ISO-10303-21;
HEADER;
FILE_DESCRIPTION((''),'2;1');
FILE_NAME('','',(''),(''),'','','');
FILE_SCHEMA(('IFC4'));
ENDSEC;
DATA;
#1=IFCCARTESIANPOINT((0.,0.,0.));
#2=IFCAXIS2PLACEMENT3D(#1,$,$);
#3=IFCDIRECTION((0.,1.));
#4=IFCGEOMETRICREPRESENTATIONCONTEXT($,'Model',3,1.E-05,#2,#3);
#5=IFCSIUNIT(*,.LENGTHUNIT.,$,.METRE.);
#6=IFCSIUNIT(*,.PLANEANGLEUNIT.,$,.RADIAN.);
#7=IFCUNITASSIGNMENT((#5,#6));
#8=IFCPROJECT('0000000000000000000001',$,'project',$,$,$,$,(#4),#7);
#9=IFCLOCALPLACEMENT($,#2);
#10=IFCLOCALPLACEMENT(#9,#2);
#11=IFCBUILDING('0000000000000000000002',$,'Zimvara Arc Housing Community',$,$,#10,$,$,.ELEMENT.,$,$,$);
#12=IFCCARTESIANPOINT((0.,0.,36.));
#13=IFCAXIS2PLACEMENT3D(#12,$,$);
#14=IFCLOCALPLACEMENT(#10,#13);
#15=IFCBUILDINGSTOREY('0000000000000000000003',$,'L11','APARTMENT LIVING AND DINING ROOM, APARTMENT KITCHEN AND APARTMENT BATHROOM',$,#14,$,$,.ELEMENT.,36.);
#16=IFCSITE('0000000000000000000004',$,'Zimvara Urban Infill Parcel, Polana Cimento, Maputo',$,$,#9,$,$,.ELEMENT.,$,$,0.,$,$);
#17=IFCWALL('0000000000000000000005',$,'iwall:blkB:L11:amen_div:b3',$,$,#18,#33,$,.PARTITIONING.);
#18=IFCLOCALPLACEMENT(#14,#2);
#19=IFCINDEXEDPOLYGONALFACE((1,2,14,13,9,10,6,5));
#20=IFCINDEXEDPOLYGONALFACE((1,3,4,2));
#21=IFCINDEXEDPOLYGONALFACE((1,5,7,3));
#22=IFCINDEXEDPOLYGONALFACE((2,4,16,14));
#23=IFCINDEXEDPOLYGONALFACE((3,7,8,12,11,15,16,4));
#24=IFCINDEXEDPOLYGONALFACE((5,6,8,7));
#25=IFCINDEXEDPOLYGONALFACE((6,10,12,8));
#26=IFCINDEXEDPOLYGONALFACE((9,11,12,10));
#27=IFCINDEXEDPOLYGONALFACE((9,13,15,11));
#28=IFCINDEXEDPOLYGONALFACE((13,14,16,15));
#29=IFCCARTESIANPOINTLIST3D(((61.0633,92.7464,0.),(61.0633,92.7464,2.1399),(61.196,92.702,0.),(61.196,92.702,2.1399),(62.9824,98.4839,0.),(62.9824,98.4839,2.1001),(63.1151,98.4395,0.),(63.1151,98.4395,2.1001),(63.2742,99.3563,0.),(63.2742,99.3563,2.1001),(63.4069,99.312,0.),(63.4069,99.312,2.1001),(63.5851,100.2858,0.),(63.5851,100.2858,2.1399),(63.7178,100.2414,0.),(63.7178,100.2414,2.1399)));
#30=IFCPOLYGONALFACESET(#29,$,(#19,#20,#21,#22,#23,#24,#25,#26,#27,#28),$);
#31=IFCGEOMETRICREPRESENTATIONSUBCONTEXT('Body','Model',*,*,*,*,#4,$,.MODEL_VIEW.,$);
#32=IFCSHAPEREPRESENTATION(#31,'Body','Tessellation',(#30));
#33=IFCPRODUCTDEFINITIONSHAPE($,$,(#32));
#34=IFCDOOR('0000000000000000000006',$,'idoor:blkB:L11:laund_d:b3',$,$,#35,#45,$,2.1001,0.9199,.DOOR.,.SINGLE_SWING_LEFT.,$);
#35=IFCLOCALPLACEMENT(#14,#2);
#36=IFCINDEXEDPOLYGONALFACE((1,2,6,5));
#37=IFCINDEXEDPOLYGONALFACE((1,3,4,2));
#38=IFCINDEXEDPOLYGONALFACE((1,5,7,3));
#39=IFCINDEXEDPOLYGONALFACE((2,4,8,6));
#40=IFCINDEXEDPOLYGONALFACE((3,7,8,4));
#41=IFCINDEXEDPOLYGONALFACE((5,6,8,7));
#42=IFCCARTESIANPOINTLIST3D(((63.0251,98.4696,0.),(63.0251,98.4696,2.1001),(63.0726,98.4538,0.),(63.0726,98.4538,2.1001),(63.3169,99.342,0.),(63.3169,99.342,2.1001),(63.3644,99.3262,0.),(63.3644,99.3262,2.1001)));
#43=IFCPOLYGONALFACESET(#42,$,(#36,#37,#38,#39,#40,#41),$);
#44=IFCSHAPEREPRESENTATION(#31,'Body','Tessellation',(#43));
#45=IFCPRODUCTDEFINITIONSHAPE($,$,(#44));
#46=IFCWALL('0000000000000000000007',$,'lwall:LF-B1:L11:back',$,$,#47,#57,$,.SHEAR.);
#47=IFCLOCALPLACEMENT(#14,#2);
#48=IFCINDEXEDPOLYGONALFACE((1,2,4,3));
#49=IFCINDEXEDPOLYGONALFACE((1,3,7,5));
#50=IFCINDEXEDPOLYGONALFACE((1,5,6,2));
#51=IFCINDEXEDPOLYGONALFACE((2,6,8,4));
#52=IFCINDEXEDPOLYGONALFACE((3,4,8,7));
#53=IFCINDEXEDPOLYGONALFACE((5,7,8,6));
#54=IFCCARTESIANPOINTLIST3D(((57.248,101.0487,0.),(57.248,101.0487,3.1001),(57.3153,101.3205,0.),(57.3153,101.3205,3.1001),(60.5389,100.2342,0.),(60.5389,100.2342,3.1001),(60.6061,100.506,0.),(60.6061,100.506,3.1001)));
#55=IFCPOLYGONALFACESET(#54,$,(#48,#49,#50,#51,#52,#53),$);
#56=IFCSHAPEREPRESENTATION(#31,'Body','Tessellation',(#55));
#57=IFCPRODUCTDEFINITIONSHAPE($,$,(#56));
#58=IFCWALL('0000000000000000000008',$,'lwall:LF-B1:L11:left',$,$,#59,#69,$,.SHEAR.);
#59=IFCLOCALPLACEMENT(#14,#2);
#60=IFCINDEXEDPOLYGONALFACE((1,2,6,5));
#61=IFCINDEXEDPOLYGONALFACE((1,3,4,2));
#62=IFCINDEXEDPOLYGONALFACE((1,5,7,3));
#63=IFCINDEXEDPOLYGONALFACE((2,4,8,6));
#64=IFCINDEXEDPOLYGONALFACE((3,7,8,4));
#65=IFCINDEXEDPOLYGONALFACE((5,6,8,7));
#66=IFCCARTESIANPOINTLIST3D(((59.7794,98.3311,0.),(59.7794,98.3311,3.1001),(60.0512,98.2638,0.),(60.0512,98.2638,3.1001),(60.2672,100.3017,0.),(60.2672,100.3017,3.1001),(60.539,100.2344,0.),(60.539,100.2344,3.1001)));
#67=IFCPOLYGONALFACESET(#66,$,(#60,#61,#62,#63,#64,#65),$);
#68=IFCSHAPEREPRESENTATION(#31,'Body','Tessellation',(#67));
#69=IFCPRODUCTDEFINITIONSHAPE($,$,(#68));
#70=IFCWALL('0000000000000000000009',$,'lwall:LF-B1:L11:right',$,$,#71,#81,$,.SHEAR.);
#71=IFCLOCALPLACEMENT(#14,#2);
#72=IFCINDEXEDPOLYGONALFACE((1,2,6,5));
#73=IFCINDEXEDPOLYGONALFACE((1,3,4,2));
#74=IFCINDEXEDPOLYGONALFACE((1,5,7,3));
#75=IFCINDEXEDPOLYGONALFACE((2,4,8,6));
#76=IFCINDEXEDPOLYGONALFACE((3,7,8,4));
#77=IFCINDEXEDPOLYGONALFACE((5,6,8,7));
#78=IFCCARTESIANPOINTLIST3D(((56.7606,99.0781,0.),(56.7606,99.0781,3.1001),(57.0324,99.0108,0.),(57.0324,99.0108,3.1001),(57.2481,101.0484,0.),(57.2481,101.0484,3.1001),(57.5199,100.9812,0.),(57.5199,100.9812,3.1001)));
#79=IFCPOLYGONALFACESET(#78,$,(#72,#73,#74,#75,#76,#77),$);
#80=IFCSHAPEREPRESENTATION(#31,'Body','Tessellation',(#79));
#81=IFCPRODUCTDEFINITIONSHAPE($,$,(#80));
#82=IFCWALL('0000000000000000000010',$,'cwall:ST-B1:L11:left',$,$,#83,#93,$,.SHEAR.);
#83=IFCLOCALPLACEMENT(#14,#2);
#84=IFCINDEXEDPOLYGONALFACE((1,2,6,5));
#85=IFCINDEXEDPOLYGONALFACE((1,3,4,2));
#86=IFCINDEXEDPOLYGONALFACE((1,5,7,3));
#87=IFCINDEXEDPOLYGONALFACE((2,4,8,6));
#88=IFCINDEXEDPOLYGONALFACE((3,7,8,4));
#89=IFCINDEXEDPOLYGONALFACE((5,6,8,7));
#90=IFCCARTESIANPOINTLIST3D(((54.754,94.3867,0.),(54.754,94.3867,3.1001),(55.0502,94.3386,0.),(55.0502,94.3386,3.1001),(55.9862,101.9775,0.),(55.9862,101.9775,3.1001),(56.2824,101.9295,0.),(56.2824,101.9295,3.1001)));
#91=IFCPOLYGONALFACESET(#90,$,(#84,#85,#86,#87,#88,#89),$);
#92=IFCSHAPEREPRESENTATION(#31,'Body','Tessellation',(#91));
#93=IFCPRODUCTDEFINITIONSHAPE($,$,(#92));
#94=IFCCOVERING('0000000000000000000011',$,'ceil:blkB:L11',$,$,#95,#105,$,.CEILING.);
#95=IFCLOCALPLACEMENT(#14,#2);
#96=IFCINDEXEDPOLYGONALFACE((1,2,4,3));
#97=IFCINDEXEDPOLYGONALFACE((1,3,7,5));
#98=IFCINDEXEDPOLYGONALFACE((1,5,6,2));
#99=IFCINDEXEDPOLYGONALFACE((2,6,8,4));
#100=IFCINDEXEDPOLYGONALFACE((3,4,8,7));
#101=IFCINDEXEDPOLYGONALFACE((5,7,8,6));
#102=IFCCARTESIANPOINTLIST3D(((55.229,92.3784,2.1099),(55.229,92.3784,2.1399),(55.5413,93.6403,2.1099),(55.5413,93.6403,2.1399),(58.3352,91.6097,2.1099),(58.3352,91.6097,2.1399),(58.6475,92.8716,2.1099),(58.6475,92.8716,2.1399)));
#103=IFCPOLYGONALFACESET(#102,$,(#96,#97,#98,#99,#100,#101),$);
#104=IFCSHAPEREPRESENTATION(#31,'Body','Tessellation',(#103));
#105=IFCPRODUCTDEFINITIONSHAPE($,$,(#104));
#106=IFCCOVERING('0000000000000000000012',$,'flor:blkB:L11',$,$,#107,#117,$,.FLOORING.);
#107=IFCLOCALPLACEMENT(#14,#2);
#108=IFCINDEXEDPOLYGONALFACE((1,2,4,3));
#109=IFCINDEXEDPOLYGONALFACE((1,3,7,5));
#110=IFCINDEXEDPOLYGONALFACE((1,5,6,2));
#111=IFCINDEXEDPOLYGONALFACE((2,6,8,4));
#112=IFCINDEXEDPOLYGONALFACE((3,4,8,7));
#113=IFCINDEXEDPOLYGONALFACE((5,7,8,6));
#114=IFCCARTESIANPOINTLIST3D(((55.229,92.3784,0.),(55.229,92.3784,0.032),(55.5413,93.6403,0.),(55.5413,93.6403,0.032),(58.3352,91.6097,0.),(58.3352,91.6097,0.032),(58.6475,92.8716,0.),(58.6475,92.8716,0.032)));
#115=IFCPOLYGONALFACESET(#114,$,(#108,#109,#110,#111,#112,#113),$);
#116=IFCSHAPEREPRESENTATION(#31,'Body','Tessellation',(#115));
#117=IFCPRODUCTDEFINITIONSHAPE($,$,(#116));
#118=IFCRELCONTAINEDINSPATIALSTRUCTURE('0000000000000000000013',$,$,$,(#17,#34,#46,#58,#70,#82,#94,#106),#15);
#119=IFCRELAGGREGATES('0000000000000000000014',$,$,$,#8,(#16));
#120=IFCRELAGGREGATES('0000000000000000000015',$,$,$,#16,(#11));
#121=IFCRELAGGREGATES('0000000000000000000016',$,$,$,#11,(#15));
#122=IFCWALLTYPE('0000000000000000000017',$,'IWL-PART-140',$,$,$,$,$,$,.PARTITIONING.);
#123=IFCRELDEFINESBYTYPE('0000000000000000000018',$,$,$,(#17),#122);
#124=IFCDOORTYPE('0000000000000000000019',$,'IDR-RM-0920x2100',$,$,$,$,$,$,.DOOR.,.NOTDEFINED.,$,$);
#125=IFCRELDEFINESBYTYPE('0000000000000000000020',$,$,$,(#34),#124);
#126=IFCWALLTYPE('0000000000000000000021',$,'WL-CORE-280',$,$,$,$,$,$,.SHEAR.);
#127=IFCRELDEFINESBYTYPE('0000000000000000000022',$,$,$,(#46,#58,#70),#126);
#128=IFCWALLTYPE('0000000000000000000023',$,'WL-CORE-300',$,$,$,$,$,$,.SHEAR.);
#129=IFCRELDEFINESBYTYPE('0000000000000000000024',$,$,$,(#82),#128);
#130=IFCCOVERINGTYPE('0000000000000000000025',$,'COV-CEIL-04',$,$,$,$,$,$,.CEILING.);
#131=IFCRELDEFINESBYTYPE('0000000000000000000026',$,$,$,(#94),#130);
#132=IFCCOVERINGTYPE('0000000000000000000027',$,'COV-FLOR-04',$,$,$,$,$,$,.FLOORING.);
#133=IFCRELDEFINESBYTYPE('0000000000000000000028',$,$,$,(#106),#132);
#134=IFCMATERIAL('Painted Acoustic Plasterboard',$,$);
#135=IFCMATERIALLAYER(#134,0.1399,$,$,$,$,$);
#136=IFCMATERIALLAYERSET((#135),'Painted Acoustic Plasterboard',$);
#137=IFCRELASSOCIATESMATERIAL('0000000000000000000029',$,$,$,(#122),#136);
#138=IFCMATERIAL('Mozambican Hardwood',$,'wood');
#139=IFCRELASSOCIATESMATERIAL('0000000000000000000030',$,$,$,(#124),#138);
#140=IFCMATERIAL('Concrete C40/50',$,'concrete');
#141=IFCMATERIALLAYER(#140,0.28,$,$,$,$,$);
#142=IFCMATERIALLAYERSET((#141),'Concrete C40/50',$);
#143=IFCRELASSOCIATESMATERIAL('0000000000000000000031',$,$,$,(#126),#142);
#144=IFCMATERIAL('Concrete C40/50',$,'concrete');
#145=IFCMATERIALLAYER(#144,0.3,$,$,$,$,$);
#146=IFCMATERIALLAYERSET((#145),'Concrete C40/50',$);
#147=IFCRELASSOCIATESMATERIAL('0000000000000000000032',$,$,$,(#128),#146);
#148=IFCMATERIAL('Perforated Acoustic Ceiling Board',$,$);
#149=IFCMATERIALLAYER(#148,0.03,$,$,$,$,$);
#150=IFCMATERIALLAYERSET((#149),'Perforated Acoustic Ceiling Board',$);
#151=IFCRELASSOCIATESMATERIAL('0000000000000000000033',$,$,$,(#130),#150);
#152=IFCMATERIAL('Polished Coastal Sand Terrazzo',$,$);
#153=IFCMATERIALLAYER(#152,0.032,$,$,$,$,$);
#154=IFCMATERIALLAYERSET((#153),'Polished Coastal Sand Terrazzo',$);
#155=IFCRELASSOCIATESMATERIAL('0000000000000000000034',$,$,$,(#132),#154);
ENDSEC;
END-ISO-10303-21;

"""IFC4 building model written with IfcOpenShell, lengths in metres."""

from ifc_helpers import new_model, si_unit, direction, frame, frame_2d, origin, origin_2d, place, context, subcontext, project, spatial, rectangle, extrude, material, layer, layer_set, type_object, element, fill, save


model = new_model("IFC4")

# Units and contexts
model_context = context("Model", 3, precision=1e-05, world=origin(), true_north=direction((0.0, 1.0)))
body_context = subcontext(model_context, "Body", "Model", "MODEL_VIEW")
ifc_project = project(units=[si_unit("LENGTHUNIT", "METRE"), si_unit("PLANEANGLEUNIT", "RADIAN")], contexts=[model_context])

# Site, building, storey
site_placement = place(None, origin())
site = spatial("IfcSite", under=ifc_project, at=site_placement, Name="Zimvara Urban Infill Parcel, Polana Cimento, Maputo", CompositionType="ELEMENT", RefElevation=0.0)
building_placement = place(site_placement, origin())
building = spatial("IfcBuilding", under=site, at=building_placement, Name="Zimvara Arc Housing Community", CompositionType="ELEMENT")
storey_placement = place(building_placement, frame((0.0, 0.0, 36.0)))
storey = spatial("IfcBuildingStorey", under=building, at=storey_placement, Name="L11", Description="APARTMENT LIVING AND DINING ROOM, APARTMENT KITCHEN AND APARTMENT BATHROOM", CompositionType="ELEMENT", Elevation=36.0)

# Wall, opening, door
ifc_material_1 = material(Name="Painted Acoustic Plasterboard")
ifc_layer_1 = layer(ifc_material_1, 0.1399)
ifc_layer_set_1 = layer_set([ifc_layer_1], Name="Painted Acoustic Plasterboard")
wall_type_1 = type_object("IfcWallType", Name="IWL-PART-140", PredefinedType="PARTITIONING", material=ifc_layer_set_1)
wall_1_placement = place(storey_placement, frame((61.1296, 92.7241, 0.0), z_axis=(0.0, 0.0, 1.0), x_axis=(0.317204, 0.948357, 0.0)))
wall_1 = element("IfcWall", 1, at=wall_1_placement, inside=storey, type_object=wall_type_1, Name="iwall:blkB:L11:amen_div:b3", PredefinedType="PARTITIONING", context=body_context, shape_type="SweptSolid", body=[
    extrude(rectangle(XDim=7.95, YDim=0.1399, at=frame_2d((3.9751, 0.0))), origin(), (0.0, 0.0, 1.0), 2.1399),
])
opening_1_placement = place(wall_1_placement, frame((6.05, 0.0, 0.0)))
opening_1 = element("IfcOpeningElement", 2, at=opening_1_placement, cuts=wall_1, PredefinedType="OPENING", context=body_context, shape_type="SweptSolid", body=[
    extrude(rectangle(XDim=0.9199, YDim=2.1001, at=frame_2d((0.46, 1.05))), frame((0.0, 0.0798, 0.0), z_axis=(0.0, -1.0, 0.0), x_axis=(1.0, 0.0, 0.0)), (0.0, 0.0, 1.0), 0.1599),
])
ifc_material_2 = material(Name="Mozambican Hardwood", Category="wood")
door_type_1 = type_object("IfcDoorType", Name="IDR-RM-0920x2100", OperationType="NOTDEFINED", PredefinedType="DOOR", material=ifc_material_2)
door_1_placement = place(opening_1_placement, origin())
door_1 = element("IfcDoor", 3, at=door_1_placement, inside=storey, type_object=door_type_1, Name="idoor:blkB:L11:laund_d:b3", OperationType="SINGLE_SWING_LEFT", OverallHeight=2.1001, OverallWidth=0.9199, PredefinedType="DOOR", context=body_context, shape_type="SweptSolid", body=[
    extrude(rectangle(XDim=0.9199, YDim=2.1001, at=frame_2d((0.46, 1.05))), frame((0.0, 0.0249, 0.0), z_axis=(0.0, -1.0, 0.0), x_axis=(1.0, 0.0, 0.0)), (0.0, 0.0, 1.0), 0.05),
])
fill(opening_1, door_1)
ifc_material_3 = material(Name="Concrete C40/50", Category="concrete")
ifc_layer_2 = layer(ifc_material_3, 0.28)
ifc_layer_set_2 = layer_set([ifc_layer_2], Name="Concrete C40/50")
wall_type_2 = type_object("IfcWallType", Name="WL-CORE-280", PredefinedType="SHEAR", material=ifc_layer_set_2)

# Walls
wall_2_placement = place(storey_placement, frame((60.5725, 100.3701, 0.0), z_axis=(0.0, 0.0, 1.0), x_axis=(-0.970712, 0.240247, 0.0)))
element("IfcWall", 4, at=wall_2_placement, inside=storey, type_object=wall_type_2, Name="lwall:LF-B1:L11:back", PredefinedType="SHEAR", context=body_context, shape_type="SweptSolid", body=[
    extrude(rectangle(XDim=3.3901, YDim=0.28, at=frame_2d((1.6951, 0.0))), origin(), (0.0, 0.0, 1.0), 3.1001),
])
wall_3_placement = place(storey_placement, frame((59.9153, 98.2974, 0.0), z_axis=(0.0, 0.0, 1.0), x_axis=(0.240299, 0.970699, 0.0)))
element("IfcWall", 5, at=wall_3_placement, inside=storey, type_object=wall_type_2, Name="lwall:LF-B1:L11:left", PredefinedType="SHEAR", context=body_context, shape_type="SweptSolid", body=[
    extrude(rectangle(XDim=2.03, YDim=0.28, at=frame_2d((1.0151, 0.0))), origin(), (0.0, 0.0, 1.0), 3.1001),
])
wall_4_placement = place(storey_placement, frame((56.8965, 99.0444, 0.0), z_axis=(0.0, 0.0, 1.0), x_axis=(0.240186, 0.970727, 0.0)))
element("IfcWall", 6, at=wall_4_placement, inside=storey, type_object=wall_type_2, Name="lwall:LF-B1:L11:right", PredefinedType="SHEAR", context=body_context, shape_type="SweptSolid", body=[
    extrude(rectangle(XDim=2.0298, YDim=0.28, at=frame_2d((1.0149, 0.0))), origin(), (0.0, 0.0, 1.0), 3.1001),
])

# Shared definitions
ifc_material_4 = material(Name="Concrete C40/50", Category="concrete")
ifc_layer_3 = layer(ifc_material_4, 0.3)
ifc_layer_set_3 = layer_set([ifc_layer_3], Name="Concrete C40/50")
wall_type_3 = type_object("IfcWallType", Name="WL-CORE-300", PredefinedType="SHEAR", material=ifc_layer_set_3)

# Wall
wall_5_placement = place(storey_placement, frame((54.9021, 94.3625, 0.0), z_axis=(0.0, 0.0, 1.0), x_axis=(0.160227, 0.98708, 0.0)))
element("IfcWall", 7, at=wall_5_placement, inside=storey, type_object=wall_type_3, Name="cwall:ST-B1:L11:left", PredefinedType="SHEAR", context=body_context, shape_type="SweptSolid", body=[
    extrude(rectangle(XDim=7.6902, YDim=0.3, at=frame_2d((3.8452, 0.0))), origin(), (0.0, 0.0, 1.0), 3.1001),
])

# Coverings
ifc_material_5 = material(Name="Perforated Acoustic Ceiling Board")
ifc_layer_4 = layer(ifc_material_5, 0.03)
ifc_layer_set_4 = layer_set([ifc_layer_4], Name="Perforated Acoustic Ceiling Board")
covering_type_1 = type_object("IfcCoveringType", Name="COV-CEIL-04", PredefinedType="CEILING", material=ifc_layer_set_4)
covering_1_placement = place(storey_placement, frame((56.9382, 92.625, 2.1099), z_axis=(0.0, 0.0, 1.0), x_axis=(0.240228, 0.970716, 0.0)))
element("IfcCovering", 8, at=covering_1_placement, inside=storey, type_object=covering_type_1, Name="ceil:blkB:L11", PredefinedType="CEILING", context=body_context, shape_type="SweptSolid", body=[
    extrude(rectangle(XDim=1.3, YDim=3.2, at=origin_2d()), origin(), (0.0, 0.0, 1.0), 0.03),
])
ifc_material_6 = material(Name="Polished Coastal Sand Terrazzo")
ifc_layer_5 = layer(ifc_material_6, 0.032)
ifc_layer_set_5 = layer_set([ifc_layer_5], Name="Polished Coastal Sand Terrazzo")
covering_type_2 = type_object("IfcCoveringType", Name="COV-FLOR-04", PredefinedType="FLOORING", material=ifc_layer_set_5)
covering_2_placement = place(storey_placement, frame((56.9382, 92.625, 0.0), z_axis=(0.0, 0.0, 1.0), x_axis=(0.240228, 0.970716, 0.0)))
element("IfcCovering", 9, at=covering_2_placement, inside=storey, type_object=covering_type_2, Name="flor:blkB:L11", PredefinedType="FLOORING", context=body_context, shape_type="SweptSolid", body=[
    extrude(rectangle(XDim=1.3, YDim=3.2, at=origin_2d()), origin(), (0.0, 0.0, 1.0), 0.032),
])

save(model, "model.ifc")
